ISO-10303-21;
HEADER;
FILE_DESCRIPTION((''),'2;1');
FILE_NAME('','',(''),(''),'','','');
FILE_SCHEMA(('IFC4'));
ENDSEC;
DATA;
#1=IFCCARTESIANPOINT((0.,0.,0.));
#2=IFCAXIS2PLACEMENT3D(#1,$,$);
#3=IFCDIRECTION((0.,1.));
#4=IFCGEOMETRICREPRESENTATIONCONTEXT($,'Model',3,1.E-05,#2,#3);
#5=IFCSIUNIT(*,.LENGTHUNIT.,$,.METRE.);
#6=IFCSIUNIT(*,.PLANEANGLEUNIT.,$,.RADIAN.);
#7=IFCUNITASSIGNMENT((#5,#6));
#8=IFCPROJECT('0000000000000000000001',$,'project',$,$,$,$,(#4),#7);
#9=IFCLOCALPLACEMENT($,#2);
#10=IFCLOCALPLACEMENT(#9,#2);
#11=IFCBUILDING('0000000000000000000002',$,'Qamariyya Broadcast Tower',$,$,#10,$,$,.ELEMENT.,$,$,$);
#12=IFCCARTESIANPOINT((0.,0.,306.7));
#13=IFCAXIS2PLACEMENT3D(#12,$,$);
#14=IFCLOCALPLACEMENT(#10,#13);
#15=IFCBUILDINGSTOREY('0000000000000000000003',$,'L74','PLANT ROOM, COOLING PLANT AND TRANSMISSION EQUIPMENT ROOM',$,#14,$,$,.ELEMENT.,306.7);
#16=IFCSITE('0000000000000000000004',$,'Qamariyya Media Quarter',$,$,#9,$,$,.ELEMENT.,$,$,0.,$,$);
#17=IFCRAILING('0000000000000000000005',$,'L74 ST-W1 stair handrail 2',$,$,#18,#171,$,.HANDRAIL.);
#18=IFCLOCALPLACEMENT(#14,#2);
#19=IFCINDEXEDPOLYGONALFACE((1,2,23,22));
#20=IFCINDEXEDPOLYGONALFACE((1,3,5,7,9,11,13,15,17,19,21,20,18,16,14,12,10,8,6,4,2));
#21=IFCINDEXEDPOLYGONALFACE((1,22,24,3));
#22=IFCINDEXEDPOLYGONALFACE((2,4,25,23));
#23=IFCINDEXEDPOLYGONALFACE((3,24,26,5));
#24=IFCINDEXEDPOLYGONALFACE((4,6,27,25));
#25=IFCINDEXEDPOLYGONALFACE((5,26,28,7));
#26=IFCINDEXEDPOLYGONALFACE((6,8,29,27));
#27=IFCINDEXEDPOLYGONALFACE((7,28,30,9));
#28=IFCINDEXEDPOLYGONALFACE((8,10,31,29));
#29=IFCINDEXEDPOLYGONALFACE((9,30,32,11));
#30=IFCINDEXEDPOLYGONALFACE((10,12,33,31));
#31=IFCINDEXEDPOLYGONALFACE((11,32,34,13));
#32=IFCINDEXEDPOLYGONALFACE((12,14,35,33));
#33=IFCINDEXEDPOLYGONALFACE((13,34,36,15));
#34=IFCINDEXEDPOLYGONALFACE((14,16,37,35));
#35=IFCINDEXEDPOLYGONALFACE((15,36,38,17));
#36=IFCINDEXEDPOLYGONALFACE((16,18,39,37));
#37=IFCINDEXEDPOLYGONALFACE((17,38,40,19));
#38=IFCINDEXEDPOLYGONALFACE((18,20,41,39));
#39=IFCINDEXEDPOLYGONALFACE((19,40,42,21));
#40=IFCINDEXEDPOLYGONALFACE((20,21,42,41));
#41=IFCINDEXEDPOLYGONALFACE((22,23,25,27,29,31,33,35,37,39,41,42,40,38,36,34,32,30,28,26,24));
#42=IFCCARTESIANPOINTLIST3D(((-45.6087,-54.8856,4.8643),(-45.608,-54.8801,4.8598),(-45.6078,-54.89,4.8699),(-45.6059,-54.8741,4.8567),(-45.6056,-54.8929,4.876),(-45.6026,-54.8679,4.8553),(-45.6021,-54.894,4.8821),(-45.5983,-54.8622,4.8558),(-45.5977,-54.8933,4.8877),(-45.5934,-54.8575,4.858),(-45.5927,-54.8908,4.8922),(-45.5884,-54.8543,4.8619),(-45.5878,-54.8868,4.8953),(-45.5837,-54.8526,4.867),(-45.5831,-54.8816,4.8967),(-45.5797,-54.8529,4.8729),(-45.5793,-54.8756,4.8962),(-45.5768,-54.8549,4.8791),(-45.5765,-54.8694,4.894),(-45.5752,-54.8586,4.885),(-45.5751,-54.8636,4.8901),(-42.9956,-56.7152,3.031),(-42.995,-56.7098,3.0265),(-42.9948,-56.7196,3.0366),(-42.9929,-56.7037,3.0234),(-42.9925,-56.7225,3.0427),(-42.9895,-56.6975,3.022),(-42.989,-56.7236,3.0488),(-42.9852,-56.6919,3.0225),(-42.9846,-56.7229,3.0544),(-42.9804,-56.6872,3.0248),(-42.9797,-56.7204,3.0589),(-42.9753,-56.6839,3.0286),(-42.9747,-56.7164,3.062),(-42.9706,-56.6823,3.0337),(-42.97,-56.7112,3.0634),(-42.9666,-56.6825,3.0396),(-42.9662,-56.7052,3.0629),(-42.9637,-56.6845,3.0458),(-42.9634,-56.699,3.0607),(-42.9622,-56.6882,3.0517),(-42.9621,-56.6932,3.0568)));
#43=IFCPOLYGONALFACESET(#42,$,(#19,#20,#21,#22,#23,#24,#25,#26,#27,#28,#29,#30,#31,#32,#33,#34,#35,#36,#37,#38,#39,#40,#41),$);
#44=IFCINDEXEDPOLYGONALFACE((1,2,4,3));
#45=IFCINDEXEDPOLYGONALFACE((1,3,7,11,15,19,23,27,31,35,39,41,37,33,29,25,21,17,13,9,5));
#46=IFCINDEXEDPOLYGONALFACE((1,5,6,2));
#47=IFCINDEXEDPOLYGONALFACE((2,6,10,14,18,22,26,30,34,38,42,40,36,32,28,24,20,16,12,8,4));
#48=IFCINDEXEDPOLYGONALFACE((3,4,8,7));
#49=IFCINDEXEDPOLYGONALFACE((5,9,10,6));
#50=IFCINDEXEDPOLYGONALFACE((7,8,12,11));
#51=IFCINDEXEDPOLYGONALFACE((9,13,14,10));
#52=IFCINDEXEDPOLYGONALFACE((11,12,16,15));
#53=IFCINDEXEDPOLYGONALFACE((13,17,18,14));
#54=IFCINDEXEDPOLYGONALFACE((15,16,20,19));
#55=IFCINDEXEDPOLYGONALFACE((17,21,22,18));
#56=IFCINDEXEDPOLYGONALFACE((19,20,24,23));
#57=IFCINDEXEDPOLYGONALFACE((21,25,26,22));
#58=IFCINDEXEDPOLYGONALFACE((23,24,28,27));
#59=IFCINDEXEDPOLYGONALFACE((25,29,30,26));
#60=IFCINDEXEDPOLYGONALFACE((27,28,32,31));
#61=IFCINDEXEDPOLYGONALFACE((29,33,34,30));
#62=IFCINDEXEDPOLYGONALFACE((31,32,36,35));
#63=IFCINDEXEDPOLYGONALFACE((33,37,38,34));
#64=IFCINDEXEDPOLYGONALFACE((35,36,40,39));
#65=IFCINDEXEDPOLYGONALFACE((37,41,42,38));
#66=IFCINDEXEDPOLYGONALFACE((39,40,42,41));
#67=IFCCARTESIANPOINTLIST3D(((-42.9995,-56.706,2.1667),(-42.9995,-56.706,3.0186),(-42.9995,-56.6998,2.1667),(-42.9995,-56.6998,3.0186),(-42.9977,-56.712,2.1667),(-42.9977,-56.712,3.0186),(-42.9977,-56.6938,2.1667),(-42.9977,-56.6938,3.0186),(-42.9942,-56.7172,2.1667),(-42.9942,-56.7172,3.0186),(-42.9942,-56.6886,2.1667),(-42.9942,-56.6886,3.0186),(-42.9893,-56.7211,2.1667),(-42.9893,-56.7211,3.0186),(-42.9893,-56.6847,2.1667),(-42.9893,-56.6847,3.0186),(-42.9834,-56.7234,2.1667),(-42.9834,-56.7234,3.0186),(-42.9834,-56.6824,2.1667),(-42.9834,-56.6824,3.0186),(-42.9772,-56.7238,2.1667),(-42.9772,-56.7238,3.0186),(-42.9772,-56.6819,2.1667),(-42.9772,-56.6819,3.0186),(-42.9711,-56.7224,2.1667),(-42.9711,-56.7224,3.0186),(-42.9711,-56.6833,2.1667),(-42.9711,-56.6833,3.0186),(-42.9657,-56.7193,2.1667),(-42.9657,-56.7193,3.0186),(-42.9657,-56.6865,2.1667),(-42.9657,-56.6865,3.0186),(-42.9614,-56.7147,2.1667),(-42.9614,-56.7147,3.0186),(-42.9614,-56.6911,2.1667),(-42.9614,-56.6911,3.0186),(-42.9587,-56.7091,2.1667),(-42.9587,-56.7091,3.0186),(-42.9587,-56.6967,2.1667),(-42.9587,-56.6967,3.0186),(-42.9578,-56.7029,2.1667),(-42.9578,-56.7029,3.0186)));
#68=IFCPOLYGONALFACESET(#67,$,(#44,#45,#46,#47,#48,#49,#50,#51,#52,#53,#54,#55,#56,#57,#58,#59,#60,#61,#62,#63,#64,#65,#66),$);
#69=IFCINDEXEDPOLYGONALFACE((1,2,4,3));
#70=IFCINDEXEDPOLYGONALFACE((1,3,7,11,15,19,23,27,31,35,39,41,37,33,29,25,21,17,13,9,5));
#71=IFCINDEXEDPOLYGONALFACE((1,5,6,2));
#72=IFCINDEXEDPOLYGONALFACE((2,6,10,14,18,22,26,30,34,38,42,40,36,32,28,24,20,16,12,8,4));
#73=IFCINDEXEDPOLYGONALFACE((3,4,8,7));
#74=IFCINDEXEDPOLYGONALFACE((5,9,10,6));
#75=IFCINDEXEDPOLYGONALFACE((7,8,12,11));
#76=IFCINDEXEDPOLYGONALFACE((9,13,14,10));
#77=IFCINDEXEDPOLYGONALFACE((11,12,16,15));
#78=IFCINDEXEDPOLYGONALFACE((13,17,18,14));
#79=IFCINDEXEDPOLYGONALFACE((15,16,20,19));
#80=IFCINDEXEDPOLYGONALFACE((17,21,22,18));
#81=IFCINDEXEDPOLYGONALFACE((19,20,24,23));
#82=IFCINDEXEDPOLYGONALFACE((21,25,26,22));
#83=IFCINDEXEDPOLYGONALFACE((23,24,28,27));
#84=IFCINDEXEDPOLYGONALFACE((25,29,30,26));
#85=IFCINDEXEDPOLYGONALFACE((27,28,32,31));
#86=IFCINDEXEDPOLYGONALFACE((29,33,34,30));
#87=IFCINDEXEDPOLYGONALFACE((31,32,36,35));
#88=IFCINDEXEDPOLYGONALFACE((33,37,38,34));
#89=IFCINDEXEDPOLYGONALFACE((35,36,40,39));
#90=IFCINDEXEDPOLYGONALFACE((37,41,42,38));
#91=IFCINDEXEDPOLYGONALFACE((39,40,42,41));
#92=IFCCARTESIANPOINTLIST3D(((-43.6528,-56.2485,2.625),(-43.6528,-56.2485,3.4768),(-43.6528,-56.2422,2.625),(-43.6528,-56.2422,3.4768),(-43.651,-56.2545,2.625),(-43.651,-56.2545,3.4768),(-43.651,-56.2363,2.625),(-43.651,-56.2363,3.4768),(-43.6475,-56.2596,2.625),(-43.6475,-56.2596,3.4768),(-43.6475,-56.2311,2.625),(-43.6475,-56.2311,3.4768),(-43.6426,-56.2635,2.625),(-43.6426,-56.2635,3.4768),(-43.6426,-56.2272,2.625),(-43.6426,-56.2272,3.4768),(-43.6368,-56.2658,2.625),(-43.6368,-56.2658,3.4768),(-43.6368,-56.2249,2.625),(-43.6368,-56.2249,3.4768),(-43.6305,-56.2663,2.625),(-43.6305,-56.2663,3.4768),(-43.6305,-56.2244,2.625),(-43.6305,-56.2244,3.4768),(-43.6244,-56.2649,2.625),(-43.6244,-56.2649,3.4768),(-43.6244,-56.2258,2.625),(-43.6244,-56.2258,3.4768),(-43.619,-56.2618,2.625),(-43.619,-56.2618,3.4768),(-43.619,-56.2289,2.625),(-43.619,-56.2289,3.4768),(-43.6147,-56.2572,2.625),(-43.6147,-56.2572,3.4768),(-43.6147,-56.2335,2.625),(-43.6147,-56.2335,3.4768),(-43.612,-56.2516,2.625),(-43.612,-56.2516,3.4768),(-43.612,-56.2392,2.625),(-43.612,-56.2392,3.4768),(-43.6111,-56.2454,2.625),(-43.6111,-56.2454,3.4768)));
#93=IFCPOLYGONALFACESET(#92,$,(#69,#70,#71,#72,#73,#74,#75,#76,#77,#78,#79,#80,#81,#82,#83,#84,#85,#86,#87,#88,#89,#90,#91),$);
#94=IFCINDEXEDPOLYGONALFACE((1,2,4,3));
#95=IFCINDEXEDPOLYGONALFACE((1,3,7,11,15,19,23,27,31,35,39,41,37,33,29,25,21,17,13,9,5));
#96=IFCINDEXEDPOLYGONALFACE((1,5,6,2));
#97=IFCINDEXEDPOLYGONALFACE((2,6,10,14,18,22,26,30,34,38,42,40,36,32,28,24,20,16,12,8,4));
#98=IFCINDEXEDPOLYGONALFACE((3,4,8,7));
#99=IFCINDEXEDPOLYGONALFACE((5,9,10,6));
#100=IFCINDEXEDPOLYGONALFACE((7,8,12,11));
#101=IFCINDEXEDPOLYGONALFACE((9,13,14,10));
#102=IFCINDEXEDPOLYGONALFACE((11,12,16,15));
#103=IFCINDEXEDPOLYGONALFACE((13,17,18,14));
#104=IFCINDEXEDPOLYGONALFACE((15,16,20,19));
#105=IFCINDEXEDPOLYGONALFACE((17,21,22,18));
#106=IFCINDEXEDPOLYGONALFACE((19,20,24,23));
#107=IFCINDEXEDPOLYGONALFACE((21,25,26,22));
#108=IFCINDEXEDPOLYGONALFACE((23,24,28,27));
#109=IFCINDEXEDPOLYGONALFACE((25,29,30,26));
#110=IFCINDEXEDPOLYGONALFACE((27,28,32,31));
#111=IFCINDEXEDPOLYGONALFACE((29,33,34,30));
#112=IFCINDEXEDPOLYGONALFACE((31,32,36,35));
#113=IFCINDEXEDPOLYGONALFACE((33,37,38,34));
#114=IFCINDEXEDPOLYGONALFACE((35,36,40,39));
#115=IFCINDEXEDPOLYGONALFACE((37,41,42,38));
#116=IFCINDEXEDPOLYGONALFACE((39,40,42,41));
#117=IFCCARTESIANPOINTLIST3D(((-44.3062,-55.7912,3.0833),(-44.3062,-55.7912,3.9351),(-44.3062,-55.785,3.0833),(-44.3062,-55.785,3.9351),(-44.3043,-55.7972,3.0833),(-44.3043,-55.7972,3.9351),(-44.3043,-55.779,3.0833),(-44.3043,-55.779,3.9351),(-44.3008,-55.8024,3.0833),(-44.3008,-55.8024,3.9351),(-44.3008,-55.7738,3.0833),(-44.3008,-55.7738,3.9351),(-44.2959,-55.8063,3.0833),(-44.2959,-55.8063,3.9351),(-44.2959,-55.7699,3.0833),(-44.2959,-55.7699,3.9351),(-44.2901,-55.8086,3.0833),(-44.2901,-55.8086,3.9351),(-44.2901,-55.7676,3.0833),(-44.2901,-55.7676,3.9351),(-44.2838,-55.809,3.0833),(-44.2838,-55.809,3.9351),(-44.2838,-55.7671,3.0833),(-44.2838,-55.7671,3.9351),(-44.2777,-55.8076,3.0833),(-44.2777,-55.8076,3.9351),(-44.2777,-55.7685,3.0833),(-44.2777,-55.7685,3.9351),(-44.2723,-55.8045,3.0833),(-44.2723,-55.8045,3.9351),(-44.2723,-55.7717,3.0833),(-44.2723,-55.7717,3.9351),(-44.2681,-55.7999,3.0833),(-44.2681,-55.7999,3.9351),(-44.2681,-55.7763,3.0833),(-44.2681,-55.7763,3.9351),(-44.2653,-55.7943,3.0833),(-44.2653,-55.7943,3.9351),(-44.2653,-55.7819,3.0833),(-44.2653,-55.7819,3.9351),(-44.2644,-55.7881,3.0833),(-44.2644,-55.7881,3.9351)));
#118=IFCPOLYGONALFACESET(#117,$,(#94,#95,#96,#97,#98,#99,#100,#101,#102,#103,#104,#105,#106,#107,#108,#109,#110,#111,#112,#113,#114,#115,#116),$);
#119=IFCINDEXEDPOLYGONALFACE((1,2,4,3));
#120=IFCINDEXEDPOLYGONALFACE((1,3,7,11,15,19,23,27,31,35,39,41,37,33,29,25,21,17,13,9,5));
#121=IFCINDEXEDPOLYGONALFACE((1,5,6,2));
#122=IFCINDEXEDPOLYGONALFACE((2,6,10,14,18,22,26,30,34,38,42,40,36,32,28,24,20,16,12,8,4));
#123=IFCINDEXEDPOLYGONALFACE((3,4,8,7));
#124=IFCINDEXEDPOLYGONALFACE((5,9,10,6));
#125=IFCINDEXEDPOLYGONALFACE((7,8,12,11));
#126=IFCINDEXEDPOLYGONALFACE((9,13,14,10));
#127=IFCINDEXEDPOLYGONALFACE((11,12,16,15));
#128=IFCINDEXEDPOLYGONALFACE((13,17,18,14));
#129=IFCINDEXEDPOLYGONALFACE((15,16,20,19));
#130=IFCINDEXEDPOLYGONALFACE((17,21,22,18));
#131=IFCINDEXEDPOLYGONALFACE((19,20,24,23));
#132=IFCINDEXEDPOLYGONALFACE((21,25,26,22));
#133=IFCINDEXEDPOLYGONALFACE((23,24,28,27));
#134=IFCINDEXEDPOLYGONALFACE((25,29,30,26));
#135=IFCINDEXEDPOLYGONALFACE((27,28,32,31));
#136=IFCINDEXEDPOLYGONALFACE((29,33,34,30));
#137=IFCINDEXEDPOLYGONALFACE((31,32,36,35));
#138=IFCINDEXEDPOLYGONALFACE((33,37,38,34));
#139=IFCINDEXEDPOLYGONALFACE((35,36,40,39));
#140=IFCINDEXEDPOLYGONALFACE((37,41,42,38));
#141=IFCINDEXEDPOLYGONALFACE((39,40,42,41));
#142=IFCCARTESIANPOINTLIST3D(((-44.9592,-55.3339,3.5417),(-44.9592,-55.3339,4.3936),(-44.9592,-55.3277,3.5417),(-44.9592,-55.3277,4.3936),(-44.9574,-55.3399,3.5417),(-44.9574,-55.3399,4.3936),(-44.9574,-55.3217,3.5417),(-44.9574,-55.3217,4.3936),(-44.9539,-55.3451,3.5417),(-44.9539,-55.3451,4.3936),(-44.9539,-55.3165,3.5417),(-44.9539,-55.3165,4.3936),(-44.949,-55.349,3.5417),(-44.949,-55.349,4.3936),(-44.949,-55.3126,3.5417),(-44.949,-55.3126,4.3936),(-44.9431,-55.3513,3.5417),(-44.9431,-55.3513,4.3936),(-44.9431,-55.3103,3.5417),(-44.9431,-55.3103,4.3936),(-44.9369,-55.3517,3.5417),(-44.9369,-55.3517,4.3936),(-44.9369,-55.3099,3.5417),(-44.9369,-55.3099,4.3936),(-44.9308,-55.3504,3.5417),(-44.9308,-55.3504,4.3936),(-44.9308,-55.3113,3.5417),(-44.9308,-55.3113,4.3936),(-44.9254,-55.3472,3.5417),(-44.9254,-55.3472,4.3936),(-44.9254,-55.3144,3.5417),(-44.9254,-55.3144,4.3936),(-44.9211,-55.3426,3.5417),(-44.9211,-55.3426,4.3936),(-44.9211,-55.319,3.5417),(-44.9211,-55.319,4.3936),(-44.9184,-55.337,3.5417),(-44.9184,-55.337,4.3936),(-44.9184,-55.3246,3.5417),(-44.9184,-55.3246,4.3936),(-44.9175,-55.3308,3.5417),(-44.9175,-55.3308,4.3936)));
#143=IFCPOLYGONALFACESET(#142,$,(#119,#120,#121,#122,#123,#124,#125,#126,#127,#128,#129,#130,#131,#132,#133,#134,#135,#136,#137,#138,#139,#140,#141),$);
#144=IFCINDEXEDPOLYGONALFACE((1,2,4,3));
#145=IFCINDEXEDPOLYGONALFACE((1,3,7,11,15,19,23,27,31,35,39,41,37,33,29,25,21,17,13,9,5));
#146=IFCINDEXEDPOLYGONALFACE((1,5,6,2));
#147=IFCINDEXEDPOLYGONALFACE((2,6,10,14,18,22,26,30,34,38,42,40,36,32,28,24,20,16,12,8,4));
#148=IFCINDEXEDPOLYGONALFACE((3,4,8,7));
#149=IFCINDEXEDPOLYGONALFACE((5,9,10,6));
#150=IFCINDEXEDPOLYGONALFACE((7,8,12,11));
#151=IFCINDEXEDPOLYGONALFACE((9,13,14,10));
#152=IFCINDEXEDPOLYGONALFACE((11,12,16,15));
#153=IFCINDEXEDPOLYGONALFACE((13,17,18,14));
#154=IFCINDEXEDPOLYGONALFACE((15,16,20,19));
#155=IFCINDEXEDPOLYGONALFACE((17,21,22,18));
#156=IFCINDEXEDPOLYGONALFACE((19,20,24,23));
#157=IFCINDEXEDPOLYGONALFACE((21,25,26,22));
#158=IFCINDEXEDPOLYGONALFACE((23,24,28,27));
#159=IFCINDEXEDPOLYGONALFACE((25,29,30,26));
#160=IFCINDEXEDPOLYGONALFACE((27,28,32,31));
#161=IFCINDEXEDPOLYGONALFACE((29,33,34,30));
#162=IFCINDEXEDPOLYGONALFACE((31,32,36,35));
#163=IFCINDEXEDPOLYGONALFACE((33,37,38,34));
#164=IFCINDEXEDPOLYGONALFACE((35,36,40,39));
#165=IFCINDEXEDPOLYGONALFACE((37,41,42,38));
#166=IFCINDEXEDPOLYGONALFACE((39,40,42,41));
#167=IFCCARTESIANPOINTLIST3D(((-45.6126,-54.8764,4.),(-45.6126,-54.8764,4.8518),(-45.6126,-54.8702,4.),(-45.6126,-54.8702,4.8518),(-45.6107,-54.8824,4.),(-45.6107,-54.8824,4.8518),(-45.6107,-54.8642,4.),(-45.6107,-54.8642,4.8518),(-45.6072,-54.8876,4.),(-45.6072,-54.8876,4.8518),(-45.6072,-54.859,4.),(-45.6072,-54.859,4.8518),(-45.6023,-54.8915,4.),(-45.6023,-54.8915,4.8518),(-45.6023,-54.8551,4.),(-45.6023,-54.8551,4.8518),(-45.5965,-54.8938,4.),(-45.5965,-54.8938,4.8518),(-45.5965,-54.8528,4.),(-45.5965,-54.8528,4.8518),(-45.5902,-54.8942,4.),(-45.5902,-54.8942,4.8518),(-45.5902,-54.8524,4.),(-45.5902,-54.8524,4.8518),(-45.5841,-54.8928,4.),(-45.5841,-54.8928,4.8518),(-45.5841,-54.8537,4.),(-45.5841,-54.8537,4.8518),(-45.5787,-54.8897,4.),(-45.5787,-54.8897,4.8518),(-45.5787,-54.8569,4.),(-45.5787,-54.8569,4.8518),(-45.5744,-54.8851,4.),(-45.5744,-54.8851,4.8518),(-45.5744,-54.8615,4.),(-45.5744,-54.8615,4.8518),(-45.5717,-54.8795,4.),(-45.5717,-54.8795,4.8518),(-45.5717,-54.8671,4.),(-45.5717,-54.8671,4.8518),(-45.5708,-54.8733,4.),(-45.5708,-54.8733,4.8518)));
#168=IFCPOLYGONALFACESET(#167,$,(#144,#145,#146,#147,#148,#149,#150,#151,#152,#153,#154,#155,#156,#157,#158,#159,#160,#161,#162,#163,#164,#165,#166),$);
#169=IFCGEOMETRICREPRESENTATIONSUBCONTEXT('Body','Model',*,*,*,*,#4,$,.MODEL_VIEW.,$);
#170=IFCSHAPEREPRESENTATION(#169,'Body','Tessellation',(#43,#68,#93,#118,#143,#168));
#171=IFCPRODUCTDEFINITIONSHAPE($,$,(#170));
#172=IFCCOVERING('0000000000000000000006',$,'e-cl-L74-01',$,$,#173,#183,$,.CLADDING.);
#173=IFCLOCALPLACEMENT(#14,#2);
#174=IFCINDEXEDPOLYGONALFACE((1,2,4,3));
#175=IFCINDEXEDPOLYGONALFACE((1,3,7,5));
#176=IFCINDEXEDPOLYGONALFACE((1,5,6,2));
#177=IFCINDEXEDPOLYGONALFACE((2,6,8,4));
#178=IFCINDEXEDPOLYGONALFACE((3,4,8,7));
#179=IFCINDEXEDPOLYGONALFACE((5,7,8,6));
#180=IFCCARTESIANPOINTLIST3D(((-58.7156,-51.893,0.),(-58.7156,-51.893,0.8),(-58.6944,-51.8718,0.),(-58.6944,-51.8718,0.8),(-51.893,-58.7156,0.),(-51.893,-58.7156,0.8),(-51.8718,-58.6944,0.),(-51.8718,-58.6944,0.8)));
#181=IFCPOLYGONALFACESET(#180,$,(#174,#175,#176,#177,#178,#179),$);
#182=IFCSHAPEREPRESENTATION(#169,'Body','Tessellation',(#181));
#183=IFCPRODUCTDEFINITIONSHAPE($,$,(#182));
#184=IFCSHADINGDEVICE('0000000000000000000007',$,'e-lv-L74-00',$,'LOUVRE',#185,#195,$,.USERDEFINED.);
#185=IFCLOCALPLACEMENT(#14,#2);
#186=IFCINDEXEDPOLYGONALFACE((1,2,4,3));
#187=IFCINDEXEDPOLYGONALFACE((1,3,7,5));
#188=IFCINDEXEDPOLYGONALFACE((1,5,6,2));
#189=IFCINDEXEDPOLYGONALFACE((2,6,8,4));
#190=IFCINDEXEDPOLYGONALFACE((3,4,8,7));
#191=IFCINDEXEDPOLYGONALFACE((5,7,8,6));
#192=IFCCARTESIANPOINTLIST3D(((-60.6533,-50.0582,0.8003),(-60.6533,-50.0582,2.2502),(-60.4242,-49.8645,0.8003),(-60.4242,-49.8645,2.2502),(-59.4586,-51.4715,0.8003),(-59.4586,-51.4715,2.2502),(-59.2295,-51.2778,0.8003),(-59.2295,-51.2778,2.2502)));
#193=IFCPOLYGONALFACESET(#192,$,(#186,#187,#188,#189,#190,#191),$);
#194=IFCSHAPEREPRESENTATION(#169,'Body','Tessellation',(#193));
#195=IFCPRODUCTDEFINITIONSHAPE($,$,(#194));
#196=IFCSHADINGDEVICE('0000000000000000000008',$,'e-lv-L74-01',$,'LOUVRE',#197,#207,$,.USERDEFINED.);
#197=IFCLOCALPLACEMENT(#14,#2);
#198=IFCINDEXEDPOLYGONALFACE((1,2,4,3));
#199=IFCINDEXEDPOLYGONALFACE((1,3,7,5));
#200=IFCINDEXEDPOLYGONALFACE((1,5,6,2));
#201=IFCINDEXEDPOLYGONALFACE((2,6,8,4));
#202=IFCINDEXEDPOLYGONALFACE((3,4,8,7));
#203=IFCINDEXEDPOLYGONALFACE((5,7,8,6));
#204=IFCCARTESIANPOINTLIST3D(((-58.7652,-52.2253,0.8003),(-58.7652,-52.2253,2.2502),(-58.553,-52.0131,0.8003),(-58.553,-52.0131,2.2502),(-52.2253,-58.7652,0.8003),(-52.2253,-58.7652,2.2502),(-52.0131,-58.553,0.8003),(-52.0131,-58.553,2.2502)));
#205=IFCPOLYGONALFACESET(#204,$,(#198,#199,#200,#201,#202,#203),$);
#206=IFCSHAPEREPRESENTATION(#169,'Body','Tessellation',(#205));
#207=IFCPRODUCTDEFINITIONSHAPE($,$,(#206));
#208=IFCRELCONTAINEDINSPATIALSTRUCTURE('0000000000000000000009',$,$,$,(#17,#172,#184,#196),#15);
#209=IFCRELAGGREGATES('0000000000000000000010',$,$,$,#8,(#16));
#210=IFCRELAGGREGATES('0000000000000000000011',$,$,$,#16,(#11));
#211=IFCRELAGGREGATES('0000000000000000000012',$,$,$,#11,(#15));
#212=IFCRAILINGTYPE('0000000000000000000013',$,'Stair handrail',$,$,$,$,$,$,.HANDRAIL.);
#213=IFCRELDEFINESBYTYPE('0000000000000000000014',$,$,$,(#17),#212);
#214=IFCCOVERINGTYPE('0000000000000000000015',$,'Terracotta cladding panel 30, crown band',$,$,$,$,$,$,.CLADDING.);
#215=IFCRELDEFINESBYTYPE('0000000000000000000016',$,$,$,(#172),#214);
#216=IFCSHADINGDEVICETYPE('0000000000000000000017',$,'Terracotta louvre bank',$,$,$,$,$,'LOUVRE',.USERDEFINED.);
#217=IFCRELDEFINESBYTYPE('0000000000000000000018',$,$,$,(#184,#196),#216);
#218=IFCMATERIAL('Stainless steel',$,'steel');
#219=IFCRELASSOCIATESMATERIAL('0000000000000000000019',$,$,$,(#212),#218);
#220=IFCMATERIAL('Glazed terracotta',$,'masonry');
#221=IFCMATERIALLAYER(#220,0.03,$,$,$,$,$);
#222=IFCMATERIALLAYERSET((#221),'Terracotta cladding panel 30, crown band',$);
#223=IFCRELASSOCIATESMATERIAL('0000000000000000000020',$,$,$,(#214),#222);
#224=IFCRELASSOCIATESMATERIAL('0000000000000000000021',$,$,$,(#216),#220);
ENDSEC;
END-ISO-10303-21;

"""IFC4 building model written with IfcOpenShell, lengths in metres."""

from ifc_helpers import new_model, si_unit, direction, frame, origin, origin_2d, place, context, subcontext, project, spatial, rectangle, circle, extrude, material, layer, layer_set, type_object, element, save


model = new_model("IFC4")

# Units and contexts
model_context = context("Model", 3, precision=1e-05, world=origin(), true_north=direction((0.0, 1.0)))
body_context = subcontext(model_context, "Body", "Model", "MODEL_VIEW")
ifc_project = project(units=[si_unit("LENGTHUNIT", "METRE"), si_unit("PLANEANGLEUNIT", "RADIAN")], contexts=[model_context])

# Site, building, storey
site_placement = place(None, origin())
site = spatial("IfcSite", under=ifc_project, at=site_placement, Name="Qamariyya Media Quarter", CompositionType="ELEMENT", RefElevation=0.0)
building_placement = place(site_placement, origin())
building = spatial("IfcBuilding", under=site, at=building_placement, Name="Qamariyya Broadcast Tower", CompositionType="ELEMENT")
storey_placement = place(building_placement, frame((0.0, 0.0, 306.7)))
storey = spatial("IfcBuildingStorey", under=building, at=storey_placement, Name="L74", Description="PLANT ROOM, COOLING PLANT AND TRANSMISSION EQUIPMENT ROOM", CompositionType="ELEMENT", Elevation=306.7)

# Railing
ifc_material_1 = material(Name="Stainless steel", Category="steel")
railing_type_1 = type_object("IfcRailingType", Name="Stair handrail", PredefinedType="HANDRAIL", material=ifc_material_1)
railing_1_placement = place(storey_placement, frame((-42.9788, -56.7029, 2.1667)))
element("IfcRailing", 1, at=railing_1_placement, inside=storey, type_object=railing_type_1, Name="L74 ST-W1 stair handrail 2", PredefinedType="HANDRAIL", context=body_context, shape_type="SweptSolid", body=[
    extrude(circle(Radius=0.0239, at=origin_2d()), frame((0.0, 0.0, 0.876), z_axis=(-0.710228, 0.497285, 0.498281), x_axis=(-0.57356, -0.819164, 0.0)), (0.0, 0.0, 1.0), 3.6792),
    extrude(circle(Radius=0.021, at=origin_2d()), origin(), (0.0, 0.0, 1.0), 0.8518),
    extrude(circle(Radius=0.021, at=origin_2d()), frame((-0.6533, 0.4575, 0.4583)), (0.0, 0.0, 1.0), 0.8518),
    extrude(circle(Radius=0.021, at=origin_2d()), frame((-1.3066, 0.9148, 0.9165)), (0.0, 0.0, 1.0), 0.8518),
    extrude(circle(Radius=0.021, at=origin_2d()), frame((-1.9597, 1.3721, 1.375)), (0.0, 0.0, 1.0), 0.8518),
    extrude(circle(Radius=0.021, at=origin_2d()), frame((-2.613, 1.8296, 1.8333)), (0.0, 0.0, 1.0), 0.8518),
])

# Covering
ifc_material_2 = material(Name="Glazed terracotta", Category="masonry")
ifc_layer_1 = layer(ifc_material_2, 0.03)
ifc_layer_set_1 = layer_set([ifc_layer_1], Name="Terracotta cladding panel 30, crown band")
covering_type = type_object("IfcCoveringType", Name="Terracotta cladding panel 30, crown band", PredefinedType="CLADDING", material=ifc_layer_set_1)
covering_placement = place(storey_placement, frame((-55.2937, -55.2937, 0.0), z_axis=(0.0, 0.0, 1.0), x_axis=(0.707107, -0.707107, 0.0)))
element("IfcCovering", 2, at=covering_placement, inside=storey, type_object=covering_type, Name="e-cl-L74-01", PredefinedType="CLADDING", context=body_context, shape_type="SweptSolid", body=[
    extrude(rectangle(XDim=9.6487, YDim=0.03, at=origin_2d()), origin(), (0.0, 0.0, 1.0), 0.8),
])

# Shading devices
shading_device_type = type_object("IfcShadingDeviceType", Name="Terracotta louvre bank", ElementType="LOUVRE", PredefinedType="USERDEFINED", material=ifc_material_2)
shading_device_1_placement = place(storey_placement, frame((-59.9414, -50.668, 0.8003), z_axis=(0.0, 0.0, 1.0), x_axis=(0.64556, -0.76371, 0.0)))
element("IfcShadingDevice", 3, at=shading_device_1_placement, inside=storey, type_object=shading_device_type, Name="e-lv-L74-00", ObjectType="LOUVRE", PredefinedType="USERDEFINED", context=body_context, shape_type="SweptSolid", body=[
    extrude(rectangle(XDim=1.8506, YDim=0.3, at=origin_2d()), origin(), (0.0, 0.0, 1.0), 1.45),
])
shading_device_2_placement = place(storey_placement, frame((-55.3892, -55.3892, 0.8003), z_axis=(0.0, 0.0, 1.0), x_axis=(0.707107, -0.707107, 0.0)))
element("IfcShadingDevice", 4, at=shading_device_2_placement, inside=storey, type_object=shading_device_type, Name="e-lv-L74-01", ObjectType="LOUVRE", PredefinedType="USERDEFINED", context=body_context, shape_type="SweptSolid", body=[
    extrude(rectangle(XDim=9.2488, YDim=0.3, at=origin_2d()), origin(), (0.0, 0.0, 1.0), 1.45),
])

save(model, "model.ifc")
